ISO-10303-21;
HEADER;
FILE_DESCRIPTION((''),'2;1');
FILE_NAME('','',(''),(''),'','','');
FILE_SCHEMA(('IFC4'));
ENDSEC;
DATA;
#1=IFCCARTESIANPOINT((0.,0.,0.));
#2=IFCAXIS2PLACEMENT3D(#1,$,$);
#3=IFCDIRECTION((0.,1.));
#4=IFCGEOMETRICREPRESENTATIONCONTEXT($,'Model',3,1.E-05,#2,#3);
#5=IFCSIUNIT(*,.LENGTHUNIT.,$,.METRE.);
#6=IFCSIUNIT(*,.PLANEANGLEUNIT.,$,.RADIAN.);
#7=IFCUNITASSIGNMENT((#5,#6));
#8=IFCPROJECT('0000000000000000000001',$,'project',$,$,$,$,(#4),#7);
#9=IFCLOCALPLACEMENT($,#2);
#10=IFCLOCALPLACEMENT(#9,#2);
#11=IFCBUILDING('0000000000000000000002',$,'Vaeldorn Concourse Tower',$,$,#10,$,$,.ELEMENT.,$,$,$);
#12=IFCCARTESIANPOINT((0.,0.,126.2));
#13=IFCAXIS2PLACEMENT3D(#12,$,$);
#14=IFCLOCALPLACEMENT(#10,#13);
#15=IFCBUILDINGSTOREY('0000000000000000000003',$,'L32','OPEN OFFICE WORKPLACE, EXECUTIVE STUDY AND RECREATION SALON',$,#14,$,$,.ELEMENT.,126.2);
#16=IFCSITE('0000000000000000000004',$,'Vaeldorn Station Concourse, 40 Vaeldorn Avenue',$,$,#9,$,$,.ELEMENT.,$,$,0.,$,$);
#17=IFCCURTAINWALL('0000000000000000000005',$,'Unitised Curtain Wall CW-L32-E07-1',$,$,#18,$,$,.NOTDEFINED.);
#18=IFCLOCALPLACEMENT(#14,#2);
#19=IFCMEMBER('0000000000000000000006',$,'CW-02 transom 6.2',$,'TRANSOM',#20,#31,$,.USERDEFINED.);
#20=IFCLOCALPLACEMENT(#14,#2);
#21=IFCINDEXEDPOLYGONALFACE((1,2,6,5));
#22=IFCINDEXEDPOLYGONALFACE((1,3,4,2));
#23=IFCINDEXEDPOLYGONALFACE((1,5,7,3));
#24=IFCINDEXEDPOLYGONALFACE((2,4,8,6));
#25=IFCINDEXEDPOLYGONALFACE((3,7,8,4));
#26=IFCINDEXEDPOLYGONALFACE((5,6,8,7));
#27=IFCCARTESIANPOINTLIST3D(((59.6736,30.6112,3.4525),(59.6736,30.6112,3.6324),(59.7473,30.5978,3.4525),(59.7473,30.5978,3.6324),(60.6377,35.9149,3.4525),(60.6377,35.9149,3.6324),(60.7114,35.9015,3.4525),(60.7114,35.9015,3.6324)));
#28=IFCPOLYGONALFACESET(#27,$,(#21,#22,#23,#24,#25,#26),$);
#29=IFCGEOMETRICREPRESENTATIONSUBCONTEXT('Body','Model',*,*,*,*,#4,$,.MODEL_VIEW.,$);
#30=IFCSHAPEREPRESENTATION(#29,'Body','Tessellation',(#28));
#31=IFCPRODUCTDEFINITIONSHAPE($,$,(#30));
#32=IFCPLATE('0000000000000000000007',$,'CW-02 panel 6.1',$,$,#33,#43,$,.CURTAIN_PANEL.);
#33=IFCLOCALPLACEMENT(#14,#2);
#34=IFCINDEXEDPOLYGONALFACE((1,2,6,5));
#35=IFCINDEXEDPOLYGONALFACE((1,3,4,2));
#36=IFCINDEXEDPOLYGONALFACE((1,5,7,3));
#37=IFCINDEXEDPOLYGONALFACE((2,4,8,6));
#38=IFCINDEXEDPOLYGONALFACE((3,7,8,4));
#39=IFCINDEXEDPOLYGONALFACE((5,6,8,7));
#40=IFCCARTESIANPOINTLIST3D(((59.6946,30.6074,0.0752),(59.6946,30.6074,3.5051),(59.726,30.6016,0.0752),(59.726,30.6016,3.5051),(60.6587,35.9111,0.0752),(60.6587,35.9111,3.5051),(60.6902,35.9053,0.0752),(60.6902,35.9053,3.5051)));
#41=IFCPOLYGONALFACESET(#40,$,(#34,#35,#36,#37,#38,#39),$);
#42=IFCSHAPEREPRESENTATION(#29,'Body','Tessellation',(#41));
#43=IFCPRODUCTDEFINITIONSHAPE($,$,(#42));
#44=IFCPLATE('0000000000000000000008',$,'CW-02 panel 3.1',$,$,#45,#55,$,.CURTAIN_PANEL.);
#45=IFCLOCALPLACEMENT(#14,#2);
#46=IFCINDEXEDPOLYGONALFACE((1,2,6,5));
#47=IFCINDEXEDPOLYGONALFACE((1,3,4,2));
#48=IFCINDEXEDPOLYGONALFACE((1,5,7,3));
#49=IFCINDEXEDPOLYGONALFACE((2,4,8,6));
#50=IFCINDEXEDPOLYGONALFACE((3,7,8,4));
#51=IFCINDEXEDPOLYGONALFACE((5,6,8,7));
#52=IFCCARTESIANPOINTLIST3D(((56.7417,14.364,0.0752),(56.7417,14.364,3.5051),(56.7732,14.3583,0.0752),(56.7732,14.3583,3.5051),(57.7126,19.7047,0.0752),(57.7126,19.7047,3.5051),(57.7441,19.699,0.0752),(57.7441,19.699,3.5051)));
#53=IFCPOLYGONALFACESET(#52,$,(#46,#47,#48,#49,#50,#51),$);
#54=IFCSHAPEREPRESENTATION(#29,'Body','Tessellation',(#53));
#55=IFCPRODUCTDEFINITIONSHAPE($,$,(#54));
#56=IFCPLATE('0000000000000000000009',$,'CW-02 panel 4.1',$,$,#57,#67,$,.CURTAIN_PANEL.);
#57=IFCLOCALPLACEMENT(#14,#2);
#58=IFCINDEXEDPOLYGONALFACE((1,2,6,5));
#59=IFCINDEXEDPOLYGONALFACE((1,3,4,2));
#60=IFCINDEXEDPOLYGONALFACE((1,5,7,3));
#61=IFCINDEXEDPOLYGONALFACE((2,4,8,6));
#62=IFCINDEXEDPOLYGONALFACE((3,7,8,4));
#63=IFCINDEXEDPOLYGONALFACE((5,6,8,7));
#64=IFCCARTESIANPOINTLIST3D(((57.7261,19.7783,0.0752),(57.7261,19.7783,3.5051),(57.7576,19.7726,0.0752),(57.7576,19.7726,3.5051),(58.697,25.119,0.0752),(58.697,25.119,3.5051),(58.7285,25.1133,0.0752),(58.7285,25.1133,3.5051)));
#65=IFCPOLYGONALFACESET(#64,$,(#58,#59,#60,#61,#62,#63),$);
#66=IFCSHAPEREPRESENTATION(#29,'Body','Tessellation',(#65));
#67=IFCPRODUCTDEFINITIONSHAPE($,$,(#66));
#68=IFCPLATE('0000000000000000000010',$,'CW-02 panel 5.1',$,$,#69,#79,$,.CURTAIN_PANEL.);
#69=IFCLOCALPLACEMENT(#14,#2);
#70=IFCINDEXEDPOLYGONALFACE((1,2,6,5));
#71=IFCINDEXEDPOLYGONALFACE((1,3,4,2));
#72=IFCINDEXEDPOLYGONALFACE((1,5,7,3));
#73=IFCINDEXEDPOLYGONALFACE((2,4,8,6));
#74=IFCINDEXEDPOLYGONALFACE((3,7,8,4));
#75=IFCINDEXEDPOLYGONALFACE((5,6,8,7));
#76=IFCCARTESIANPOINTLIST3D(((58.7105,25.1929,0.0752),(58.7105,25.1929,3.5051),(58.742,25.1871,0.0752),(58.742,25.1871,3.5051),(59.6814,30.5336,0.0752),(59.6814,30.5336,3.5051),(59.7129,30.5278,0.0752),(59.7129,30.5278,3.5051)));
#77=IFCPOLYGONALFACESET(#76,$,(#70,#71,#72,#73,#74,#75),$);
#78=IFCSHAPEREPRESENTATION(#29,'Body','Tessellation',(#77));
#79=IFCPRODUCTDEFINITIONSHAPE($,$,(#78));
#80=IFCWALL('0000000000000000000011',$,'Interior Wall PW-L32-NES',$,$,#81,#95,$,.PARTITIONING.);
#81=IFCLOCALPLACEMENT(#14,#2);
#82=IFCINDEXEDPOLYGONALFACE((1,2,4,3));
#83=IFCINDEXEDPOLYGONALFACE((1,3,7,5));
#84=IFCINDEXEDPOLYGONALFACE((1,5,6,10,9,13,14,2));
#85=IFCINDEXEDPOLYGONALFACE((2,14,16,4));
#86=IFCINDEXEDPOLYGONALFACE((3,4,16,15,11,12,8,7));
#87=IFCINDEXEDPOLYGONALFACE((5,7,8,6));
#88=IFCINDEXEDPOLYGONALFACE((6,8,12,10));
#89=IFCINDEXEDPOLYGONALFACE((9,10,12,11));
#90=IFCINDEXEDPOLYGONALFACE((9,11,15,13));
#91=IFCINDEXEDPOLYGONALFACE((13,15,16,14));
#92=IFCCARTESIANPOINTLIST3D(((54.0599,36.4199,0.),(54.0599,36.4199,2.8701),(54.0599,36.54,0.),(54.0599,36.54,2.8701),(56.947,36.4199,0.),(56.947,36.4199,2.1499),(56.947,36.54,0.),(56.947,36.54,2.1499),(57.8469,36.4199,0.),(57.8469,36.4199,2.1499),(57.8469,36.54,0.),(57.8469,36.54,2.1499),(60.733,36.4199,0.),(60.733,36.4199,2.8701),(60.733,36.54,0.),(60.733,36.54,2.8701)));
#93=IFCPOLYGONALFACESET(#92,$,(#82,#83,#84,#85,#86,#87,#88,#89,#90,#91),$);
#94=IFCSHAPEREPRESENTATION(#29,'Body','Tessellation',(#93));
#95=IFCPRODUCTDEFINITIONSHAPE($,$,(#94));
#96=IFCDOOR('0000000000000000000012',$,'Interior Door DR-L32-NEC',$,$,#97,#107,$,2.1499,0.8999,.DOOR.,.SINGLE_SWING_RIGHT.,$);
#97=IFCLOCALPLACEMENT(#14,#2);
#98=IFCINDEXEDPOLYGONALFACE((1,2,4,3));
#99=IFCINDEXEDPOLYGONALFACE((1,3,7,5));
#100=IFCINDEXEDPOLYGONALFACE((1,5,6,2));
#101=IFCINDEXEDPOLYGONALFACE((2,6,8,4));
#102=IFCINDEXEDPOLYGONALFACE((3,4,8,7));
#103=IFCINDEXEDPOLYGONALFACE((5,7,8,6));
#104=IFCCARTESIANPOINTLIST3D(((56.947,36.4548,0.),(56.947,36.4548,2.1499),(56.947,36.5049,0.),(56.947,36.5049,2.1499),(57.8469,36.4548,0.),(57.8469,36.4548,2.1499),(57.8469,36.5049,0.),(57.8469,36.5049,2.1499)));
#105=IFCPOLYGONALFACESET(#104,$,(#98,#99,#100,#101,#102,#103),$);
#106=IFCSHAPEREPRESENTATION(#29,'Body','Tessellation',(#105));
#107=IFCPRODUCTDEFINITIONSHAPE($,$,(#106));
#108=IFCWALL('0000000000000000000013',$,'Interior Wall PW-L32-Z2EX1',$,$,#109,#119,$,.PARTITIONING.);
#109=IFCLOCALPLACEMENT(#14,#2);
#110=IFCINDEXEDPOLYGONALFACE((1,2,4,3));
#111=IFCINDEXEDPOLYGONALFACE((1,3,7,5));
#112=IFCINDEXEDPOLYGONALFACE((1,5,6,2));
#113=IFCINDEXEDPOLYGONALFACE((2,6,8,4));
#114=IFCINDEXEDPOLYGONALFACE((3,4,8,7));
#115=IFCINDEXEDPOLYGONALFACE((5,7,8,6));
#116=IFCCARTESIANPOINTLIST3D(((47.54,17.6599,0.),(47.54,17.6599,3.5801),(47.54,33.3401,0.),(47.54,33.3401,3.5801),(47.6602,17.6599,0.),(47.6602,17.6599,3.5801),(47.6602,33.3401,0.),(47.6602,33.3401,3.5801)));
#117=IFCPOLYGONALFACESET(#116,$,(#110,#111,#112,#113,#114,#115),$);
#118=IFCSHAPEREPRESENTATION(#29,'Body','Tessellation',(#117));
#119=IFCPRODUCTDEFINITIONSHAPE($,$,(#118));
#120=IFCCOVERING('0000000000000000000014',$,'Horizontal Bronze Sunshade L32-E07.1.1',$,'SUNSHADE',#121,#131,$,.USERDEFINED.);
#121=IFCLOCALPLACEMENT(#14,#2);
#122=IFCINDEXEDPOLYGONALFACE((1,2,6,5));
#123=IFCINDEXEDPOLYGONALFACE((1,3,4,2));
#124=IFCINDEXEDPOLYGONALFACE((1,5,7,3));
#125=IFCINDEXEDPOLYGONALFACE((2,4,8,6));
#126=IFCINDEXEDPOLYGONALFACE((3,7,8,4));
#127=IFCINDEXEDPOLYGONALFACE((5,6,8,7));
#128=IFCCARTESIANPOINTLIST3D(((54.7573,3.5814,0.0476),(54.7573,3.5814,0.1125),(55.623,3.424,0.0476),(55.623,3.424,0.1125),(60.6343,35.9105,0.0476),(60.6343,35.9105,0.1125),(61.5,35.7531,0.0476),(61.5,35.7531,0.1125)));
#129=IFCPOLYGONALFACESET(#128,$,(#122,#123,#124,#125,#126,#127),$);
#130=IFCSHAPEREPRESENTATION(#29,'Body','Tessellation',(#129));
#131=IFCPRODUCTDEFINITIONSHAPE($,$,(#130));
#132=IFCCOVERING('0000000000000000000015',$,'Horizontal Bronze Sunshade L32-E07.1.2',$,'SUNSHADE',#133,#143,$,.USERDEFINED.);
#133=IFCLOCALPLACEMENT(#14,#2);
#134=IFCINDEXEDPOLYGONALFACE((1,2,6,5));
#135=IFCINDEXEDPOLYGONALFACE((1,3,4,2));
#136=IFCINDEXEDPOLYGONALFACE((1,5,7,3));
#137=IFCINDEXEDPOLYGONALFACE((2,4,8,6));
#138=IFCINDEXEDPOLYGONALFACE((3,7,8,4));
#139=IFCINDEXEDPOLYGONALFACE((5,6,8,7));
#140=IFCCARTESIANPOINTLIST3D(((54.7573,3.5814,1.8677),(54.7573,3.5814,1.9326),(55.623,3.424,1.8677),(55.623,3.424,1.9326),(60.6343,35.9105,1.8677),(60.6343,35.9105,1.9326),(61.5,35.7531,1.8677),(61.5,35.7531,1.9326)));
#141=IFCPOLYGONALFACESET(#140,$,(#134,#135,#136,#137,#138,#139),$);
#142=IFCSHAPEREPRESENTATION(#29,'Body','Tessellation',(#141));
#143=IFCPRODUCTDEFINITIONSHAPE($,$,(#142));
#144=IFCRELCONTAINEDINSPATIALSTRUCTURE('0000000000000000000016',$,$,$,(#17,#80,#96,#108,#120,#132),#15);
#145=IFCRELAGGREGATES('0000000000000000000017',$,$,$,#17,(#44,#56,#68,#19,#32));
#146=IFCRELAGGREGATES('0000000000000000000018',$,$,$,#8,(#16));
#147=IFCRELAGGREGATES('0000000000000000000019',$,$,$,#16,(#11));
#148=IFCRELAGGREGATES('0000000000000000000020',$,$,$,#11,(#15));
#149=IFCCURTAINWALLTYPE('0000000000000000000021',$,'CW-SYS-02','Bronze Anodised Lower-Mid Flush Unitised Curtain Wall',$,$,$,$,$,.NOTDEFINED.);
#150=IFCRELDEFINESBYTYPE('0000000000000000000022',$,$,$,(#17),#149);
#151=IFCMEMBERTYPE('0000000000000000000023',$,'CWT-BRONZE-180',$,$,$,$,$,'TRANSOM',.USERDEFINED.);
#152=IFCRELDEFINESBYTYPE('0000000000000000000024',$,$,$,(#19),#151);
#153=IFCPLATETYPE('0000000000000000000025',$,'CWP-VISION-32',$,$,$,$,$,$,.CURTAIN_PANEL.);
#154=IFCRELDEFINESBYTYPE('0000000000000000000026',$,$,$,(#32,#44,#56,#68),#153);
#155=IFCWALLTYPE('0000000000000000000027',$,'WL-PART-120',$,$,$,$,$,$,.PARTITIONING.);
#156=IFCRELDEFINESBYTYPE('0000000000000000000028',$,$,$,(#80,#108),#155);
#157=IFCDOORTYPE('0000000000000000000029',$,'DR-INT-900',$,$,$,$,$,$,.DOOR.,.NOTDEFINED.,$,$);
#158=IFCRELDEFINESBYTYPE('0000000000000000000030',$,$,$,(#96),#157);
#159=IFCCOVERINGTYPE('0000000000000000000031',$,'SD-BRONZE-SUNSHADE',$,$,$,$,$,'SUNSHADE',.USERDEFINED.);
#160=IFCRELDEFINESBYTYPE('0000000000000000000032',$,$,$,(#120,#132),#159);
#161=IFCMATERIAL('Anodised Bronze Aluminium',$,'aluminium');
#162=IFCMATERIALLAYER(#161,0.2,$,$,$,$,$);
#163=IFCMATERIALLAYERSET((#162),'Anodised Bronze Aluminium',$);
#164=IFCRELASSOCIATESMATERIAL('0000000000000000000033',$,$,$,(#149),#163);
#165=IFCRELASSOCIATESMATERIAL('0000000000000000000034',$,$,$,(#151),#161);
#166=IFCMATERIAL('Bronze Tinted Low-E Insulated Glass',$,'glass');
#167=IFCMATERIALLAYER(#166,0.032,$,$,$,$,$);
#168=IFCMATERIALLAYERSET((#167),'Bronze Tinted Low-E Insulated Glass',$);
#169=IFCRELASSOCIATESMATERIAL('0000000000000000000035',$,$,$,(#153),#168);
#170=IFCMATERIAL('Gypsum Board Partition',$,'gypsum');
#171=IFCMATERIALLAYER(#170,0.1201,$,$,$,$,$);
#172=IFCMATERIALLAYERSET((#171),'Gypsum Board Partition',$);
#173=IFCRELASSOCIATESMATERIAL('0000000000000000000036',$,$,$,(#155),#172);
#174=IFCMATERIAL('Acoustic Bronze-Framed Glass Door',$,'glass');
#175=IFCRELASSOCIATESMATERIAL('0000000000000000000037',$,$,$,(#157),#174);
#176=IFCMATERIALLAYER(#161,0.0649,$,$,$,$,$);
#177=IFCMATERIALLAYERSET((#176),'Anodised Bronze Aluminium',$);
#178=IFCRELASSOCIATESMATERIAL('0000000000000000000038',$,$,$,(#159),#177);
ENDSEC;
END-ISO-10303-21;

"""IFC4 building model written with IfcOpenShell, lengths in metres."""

from ifc_helpers import new_model, si_unit, direction, frame, frame_2d, origin, origin_2d, place, context, subcontext, project, spatial, rectangle, extrude, source, transform, mapped, material, layer, layer_set, material_profile, profile_set, type_object, element, fill, aggregate, save


model = new_model("IFC4")

# Units and contexts
model_context = context("Model", 3, precision=1e-05, world=origin(), true_north=direction((0.0, 1.0)))
body_context = subcontext(model_context, "Body", "Model", "MODEL_VIEW")
ifc_project = project(units=[si_unit("LENGTHUNIT", "METRE"), si_unit("PLANEANGLEUNIT", "RADIAN")], contexts=[model_context])

# Site, building, storey
site_placement = place(None, origin())
site = spatial("IfcSite", under=ifc_project, at=site_placement, Name="Vaeldorn Station Concourse, 40 Vaeldorn Avenue", CompositionType="ELEMENT", RefElevation=0.0)
building_placement = place(site_placement, origin())
building = spatial("IfcBuilding", under=site, at=building_placement, Name="Vaeldorn Concourse Tower", CompositionType="ELEMENT")
storey_placement = place(building_placement, frame((0.0, 0.0, 126.2)))
storey = spatial("IfcBuildingStorey", under=building, at=storey_placement, Name="L32", Description="OPEN OFFICE WORKPLACE, EXECUTIVE STUDY AND RECREATION SALON", CompositionType="ELEMENT", Elevation=126.2)

# Curtain wall, member, plates
ifc_material_1 = material(Name="Anodised Bronze Aluminium", Category="aluminium")
ifc_layer_1 = layer(ifc_material_1, 0.2)
ifc_layer_set_1 = layer_set([ifc_layer_1], Name="Anodised Bronze Aluminium")
curtain_wall_type = type_object("IfcCurtainWallType", Name="CW-SYS-02", Description="Bronze Anodised Lower-Mid Flush Unitised Curtain Wall", PredefinedType="NOTDEFINED", material=ifc_layer_set_1)
curtain_wall_placement = place(storey_placement, origin())
curtain_wall = element("IfcCurtainWall", 1, at=curtain_wall_placement, inside=storey, type_object=curtain_wall_type, Name="Unitised Curtain Wall CW-L32-E07-1", PredefinedType="NOTDEFINED")
ifc_material_profile_1 = material_profile(ifc_material_1, rectangle(XDim=0.075, YDim=0.1799, at=origin_2d()), Name="CWT 75x180")
ifc_profile_set_1 = profile_set([ifc_material_profile_1], Name="Anodised Bronze Aluminium")
member_type_1 = type_object("IfcMemberType", Name="CWT-BRONZE-180", ElementType="TRANSOM", PredefinedType="USERDEFINED", material=ifc_profile_set_1)
shared_shape_1 = source(origin(), body_context, "Body", "SweptSolid", [
    extrude(rectangle(XDim=0.075, YDim=0.1799, at=origin_2d()), origin(), (0.0, 0.0, 1.0), 5.3906),
])
member_1_placement = place(storey_placement, frame((59.7104, 30.6045, 3.5425), z_axis=(0.17885, 0.983876, 0.0), x_axis=(-0.983876, 0.17885, 0.0)))
member_1 = element("IfcMember", 2, at=member_1_placement, type_object=member_type_1, Name="CW-02 transom 6.2", ObjectType="TRANSOM", PredefinedType="USERDEFINED", context=body_context, shape_type="MappedRepresentation", body=[
    mapped(shared_shape_1, transform((0.0, 0.0, 0.0), scale=1.0)),
])
ifc_material_2 = material(Name="Bronze Tinted Low-E Insulated Glass", Category="glass")
ifc_layer_2 = layer(ifc_material_2, 0.032)
ifc_layer_set_2 = layer_set([ifc_layer_2], Name="Bronze Tinted Low-E Insulated Glass")
plate_type = type_object("IfcPlateType", Name="CWP-VISION-32", PredefinedType="CURTAIN_PANEL", material=ifc_layer_set_2)
shared_shape_2 = source(origin(), body_context, "Body", "SweptSolid", [
    extrude(rectangle(XDim=5.3906, YDim=0.032, at=origin_2d()), origin(), (0.0, 0.0, 1.0), 3.4299),
])
plate_1_placement = place(storey_placement, frame((60.1924, 33.2563, 0.0752), z_axis=(0.0, 0.0, 1.0), x_axis=(0.17886, 0.983874, 0.0)))
plate_1 = element("IfcPlate", 3, at=plate_1_placement, type_object=plate_type, Name="CW-02 panel 6.1", PredefinedType="CURTAIN_PANEL", context=body_context, shape_type="MappedRepresentation", body=[
    mapped(shared_shape_2, transform((0.0, 0.0, 0.0), scale=1.0)),
])
shared_shape_3 = source(origin(), body_context, "Body", "SweptSolid", [
    extrude(rectangle(XDim=5.4282, YDim=0.032, at=origin_2d()), origin(), (0.0, 0.0, 1.0), 3.4299),
])
plate_2_placement = place(storey_placement, frame((57.2429, 17.0315, 0.0752), z_axis=(0.0, 0.0, 1.0), x_axis=(0.17886, 0.983874, 0.0)))
plate_2 = element("IfcPlate", 4, at=plate_2_placement, type_object=plate_type, Name="CW-02 panel 3.1", PredefinedType="CURTAIN_PANEL", context=body_context, shape_type="MappedRepresentation", body=[
    mapped(shared_shape_3, transform((0.0, 0.0, 0.0), scale=1.0)),
])
plate_3_placement = place(storey_placement, frame((58.2273, 22.4458, 0.0752), z_axis=(0.0, 0.0, 1.0), x_axis=(0.17886, 0.983874, 0.0)))
plate_3 = element("IfcPlate", 5, at=plate_3_placement, type_object=plate_type, Name="CW-02 panel 4.1", PredefinedType="CURTAIN_PANEL", context=body_context, shape_type="MappedRepresentation", body=[
    mapped(shared_shape_3, transform((0.0, 0.0, 0.0), scale=1.0)),
])
plate_4_placement = place(storey_placement, frame((59.2117, 27.8604, 0.0752), z_axis=(0.0, 0.0, 1.0), x_axis=(0.17886, 0.983874, 0.0)))
plate_4 = element("IfcPlate", 6, at=plate_4_placement, type_object=plate_type, Name="CW-02 panel 5.1", PredefinedType="CURTAIN_PANEL", context=body_context, shape_type="MappedRepresentation", body=[
    mapped(shared_shape_3, transform((0.0, 0.0, 0.0), scale=1.0)),
])
aggregate(curtain_wall, [plate_2, plate_3, plate_4, member_1, plate_1])

# Wall, opening, door
ifc_material_3 = material(Name="Gypsum Board Partition", Category="gypsum")
ifc_layer_3 = layer(ifc_material_3, 0.1201)
ifc_layer_set_3 = layer_set([ifc_layer_3], Name="Gypsum Board Partition")
wall_type = type_object("IfcWallType", Name="WL-PART-120", PredefinedType="PARTITIONING", material=ifc_layer_set_3)
wall_1_placement = place(storey_placement, frame((54.0601, 36.48, 0.0), z_axis=(0.0, 0.0, 1.0), x_axis=(1.0, 0.0, 0.0)))
wall_1 = element("IfcWall", 7, at=wall_1_placement, inside=storey, type_object=wall_type, Name="Interior Wall PW-L32-NES", PredefinedType="PARTITIONING", context=body_context, shape_type="SweptSolid", body=[
    extrude(rectangle(XDim=6.6731, YDim=0.1201, at=frame_2d((3.3364, 0.0))), origin(), (0.0, 0.0, 1.0), 2.8701),
])
opening_placement = place(wall_1_placement, frame((2.887, 0.0, 0.0)))
opening = element("IfcOpeningElement", 8, at=opening_placement, cuts=wall_1, PredefinedType="OPENING", context=body_context, shape_type="SweptSolid", body=[
    extrude(rectangle(XDim=0.8999, YDim=2.1499, at=frame_2d((0.45, 1.075))), frame((0.0, 0.0701, 0.0), z_axis=(0.0, -1.0, 0.0), x_axis=(1.0, 0.0, 0.0)), (0.0, 0.0, 1.0), 0.1401),
])
ifc_material_4 = material(Name="Acoustic Bronze-Framed Glass Door", Category="glass")
door_type = type_object("IfcDoorType", Name="DR-INT-900", OperationType="NOTDEFINED", PredefinedType="DOOR", material=ifc_material_4)
shared_shape_4 = source(origin(), body_context, "Body", "SweptSolid", [
    extrude(rectangle(XDim=0.8999, YDim=2.1499, at=frame_2d((0.45, 1.075))), frame((0.0, 0.0249, 0.0), z_axis=(0.0, -1.0, 0.0), x_axis=(1.0, 0.0, 0.0)), (0.0, 0.0, 1.0), 0.05),
])
door_placement = place(opening_placement, origin())
door = element("IfcDoor", 9, at=door_placement, inside=storey, type_object=door_type, Name="Interior Door DR-L32-NEC", OperationType="SINGLE_SWING_RIGHT", OverallHeight=2.1499, OverallWidth=0.8999, PredefinedType="DOOR", context=body_context, shape_type="MappedRepresentation", body=[
    mapped(shared_shape_4, transform((0.0, 0.0, 0.0), scale=1.0)),
])
fill(opening, door)

# Wall
wall_2_placement = place(storey_placement, frame((47.6001, 17.6599, 0.0), z_axis=(0.0, 0.0, 1.0), x_axis=(0.0, 1.0, 0.0)))
element("IfcWall", 10, at=wall_2_placement, inside=storey, type_object=wall_type, Name="Interior Wall PW-L32-Z2EX1", PredefinedType="PARTITIONING", context=body_context, shape_type="SweptSolid", body=[
    extrude(rectangle(XDim=15.6802, YDim=0.1201, at=frame_2d((7.8401, 0.0))), origin(), (0.0, 0.0, 1.0), 3.5801),
])

# Coverings
ifc_layer_4 = layer(ifc_material_1, 0.0649)
ifc_layer_set_4 = layer_set([ifc_layer_4], Name="Anodised Bronze Aluminium")
covering_type = type_object("IfcCoveringType", Name="SD-BRONZE-SUNSHADE", ElementType="SUNSHADE", PredefinedType="USERDEFINED", material=ifc_layer_set_4)
shared_shape_5 = source(origin(), body_context, "Body", "SweptSolid", [
    extrude(rectangle(XDim=32.8589, YDim=0.8799, at=origin_2d()), origin(), (0.0, 0.0, 1.0), 0.0649),
])
for number, where, z_axis, x_axis, name in (
    (11, (58.1287, 19.6672, 0.0476), (0.0, 0.0, 1.0), (0.178854, 0.983876, 0.0), "Horizontal Bronze Sunshade L32-E07.1.1"),
    (12, (58.1287, 19.6672, 1.8677), (0.0, 0.0, 1.0), (0.178854, 0.983876, 0.0), "Horizontal Bronze Sunshade L32-E07.1.2"),
):
    element("IfcCovering", number, at=place(storey_placement, frame(where, z_axis=z_axis, x_axis=x_axis)), inside=storey, type_object=covering_type, Name=name, ObjectType="SUNSHADE", PredefinedType="USERDEFINED", context=body_context, shape_type="MappedRepresentation", body=[
        mapped(shared_shape_5, transform((0.0, 0.0, 0.0), scale=1.0)),
    ])

save(model, "model.ifc")
